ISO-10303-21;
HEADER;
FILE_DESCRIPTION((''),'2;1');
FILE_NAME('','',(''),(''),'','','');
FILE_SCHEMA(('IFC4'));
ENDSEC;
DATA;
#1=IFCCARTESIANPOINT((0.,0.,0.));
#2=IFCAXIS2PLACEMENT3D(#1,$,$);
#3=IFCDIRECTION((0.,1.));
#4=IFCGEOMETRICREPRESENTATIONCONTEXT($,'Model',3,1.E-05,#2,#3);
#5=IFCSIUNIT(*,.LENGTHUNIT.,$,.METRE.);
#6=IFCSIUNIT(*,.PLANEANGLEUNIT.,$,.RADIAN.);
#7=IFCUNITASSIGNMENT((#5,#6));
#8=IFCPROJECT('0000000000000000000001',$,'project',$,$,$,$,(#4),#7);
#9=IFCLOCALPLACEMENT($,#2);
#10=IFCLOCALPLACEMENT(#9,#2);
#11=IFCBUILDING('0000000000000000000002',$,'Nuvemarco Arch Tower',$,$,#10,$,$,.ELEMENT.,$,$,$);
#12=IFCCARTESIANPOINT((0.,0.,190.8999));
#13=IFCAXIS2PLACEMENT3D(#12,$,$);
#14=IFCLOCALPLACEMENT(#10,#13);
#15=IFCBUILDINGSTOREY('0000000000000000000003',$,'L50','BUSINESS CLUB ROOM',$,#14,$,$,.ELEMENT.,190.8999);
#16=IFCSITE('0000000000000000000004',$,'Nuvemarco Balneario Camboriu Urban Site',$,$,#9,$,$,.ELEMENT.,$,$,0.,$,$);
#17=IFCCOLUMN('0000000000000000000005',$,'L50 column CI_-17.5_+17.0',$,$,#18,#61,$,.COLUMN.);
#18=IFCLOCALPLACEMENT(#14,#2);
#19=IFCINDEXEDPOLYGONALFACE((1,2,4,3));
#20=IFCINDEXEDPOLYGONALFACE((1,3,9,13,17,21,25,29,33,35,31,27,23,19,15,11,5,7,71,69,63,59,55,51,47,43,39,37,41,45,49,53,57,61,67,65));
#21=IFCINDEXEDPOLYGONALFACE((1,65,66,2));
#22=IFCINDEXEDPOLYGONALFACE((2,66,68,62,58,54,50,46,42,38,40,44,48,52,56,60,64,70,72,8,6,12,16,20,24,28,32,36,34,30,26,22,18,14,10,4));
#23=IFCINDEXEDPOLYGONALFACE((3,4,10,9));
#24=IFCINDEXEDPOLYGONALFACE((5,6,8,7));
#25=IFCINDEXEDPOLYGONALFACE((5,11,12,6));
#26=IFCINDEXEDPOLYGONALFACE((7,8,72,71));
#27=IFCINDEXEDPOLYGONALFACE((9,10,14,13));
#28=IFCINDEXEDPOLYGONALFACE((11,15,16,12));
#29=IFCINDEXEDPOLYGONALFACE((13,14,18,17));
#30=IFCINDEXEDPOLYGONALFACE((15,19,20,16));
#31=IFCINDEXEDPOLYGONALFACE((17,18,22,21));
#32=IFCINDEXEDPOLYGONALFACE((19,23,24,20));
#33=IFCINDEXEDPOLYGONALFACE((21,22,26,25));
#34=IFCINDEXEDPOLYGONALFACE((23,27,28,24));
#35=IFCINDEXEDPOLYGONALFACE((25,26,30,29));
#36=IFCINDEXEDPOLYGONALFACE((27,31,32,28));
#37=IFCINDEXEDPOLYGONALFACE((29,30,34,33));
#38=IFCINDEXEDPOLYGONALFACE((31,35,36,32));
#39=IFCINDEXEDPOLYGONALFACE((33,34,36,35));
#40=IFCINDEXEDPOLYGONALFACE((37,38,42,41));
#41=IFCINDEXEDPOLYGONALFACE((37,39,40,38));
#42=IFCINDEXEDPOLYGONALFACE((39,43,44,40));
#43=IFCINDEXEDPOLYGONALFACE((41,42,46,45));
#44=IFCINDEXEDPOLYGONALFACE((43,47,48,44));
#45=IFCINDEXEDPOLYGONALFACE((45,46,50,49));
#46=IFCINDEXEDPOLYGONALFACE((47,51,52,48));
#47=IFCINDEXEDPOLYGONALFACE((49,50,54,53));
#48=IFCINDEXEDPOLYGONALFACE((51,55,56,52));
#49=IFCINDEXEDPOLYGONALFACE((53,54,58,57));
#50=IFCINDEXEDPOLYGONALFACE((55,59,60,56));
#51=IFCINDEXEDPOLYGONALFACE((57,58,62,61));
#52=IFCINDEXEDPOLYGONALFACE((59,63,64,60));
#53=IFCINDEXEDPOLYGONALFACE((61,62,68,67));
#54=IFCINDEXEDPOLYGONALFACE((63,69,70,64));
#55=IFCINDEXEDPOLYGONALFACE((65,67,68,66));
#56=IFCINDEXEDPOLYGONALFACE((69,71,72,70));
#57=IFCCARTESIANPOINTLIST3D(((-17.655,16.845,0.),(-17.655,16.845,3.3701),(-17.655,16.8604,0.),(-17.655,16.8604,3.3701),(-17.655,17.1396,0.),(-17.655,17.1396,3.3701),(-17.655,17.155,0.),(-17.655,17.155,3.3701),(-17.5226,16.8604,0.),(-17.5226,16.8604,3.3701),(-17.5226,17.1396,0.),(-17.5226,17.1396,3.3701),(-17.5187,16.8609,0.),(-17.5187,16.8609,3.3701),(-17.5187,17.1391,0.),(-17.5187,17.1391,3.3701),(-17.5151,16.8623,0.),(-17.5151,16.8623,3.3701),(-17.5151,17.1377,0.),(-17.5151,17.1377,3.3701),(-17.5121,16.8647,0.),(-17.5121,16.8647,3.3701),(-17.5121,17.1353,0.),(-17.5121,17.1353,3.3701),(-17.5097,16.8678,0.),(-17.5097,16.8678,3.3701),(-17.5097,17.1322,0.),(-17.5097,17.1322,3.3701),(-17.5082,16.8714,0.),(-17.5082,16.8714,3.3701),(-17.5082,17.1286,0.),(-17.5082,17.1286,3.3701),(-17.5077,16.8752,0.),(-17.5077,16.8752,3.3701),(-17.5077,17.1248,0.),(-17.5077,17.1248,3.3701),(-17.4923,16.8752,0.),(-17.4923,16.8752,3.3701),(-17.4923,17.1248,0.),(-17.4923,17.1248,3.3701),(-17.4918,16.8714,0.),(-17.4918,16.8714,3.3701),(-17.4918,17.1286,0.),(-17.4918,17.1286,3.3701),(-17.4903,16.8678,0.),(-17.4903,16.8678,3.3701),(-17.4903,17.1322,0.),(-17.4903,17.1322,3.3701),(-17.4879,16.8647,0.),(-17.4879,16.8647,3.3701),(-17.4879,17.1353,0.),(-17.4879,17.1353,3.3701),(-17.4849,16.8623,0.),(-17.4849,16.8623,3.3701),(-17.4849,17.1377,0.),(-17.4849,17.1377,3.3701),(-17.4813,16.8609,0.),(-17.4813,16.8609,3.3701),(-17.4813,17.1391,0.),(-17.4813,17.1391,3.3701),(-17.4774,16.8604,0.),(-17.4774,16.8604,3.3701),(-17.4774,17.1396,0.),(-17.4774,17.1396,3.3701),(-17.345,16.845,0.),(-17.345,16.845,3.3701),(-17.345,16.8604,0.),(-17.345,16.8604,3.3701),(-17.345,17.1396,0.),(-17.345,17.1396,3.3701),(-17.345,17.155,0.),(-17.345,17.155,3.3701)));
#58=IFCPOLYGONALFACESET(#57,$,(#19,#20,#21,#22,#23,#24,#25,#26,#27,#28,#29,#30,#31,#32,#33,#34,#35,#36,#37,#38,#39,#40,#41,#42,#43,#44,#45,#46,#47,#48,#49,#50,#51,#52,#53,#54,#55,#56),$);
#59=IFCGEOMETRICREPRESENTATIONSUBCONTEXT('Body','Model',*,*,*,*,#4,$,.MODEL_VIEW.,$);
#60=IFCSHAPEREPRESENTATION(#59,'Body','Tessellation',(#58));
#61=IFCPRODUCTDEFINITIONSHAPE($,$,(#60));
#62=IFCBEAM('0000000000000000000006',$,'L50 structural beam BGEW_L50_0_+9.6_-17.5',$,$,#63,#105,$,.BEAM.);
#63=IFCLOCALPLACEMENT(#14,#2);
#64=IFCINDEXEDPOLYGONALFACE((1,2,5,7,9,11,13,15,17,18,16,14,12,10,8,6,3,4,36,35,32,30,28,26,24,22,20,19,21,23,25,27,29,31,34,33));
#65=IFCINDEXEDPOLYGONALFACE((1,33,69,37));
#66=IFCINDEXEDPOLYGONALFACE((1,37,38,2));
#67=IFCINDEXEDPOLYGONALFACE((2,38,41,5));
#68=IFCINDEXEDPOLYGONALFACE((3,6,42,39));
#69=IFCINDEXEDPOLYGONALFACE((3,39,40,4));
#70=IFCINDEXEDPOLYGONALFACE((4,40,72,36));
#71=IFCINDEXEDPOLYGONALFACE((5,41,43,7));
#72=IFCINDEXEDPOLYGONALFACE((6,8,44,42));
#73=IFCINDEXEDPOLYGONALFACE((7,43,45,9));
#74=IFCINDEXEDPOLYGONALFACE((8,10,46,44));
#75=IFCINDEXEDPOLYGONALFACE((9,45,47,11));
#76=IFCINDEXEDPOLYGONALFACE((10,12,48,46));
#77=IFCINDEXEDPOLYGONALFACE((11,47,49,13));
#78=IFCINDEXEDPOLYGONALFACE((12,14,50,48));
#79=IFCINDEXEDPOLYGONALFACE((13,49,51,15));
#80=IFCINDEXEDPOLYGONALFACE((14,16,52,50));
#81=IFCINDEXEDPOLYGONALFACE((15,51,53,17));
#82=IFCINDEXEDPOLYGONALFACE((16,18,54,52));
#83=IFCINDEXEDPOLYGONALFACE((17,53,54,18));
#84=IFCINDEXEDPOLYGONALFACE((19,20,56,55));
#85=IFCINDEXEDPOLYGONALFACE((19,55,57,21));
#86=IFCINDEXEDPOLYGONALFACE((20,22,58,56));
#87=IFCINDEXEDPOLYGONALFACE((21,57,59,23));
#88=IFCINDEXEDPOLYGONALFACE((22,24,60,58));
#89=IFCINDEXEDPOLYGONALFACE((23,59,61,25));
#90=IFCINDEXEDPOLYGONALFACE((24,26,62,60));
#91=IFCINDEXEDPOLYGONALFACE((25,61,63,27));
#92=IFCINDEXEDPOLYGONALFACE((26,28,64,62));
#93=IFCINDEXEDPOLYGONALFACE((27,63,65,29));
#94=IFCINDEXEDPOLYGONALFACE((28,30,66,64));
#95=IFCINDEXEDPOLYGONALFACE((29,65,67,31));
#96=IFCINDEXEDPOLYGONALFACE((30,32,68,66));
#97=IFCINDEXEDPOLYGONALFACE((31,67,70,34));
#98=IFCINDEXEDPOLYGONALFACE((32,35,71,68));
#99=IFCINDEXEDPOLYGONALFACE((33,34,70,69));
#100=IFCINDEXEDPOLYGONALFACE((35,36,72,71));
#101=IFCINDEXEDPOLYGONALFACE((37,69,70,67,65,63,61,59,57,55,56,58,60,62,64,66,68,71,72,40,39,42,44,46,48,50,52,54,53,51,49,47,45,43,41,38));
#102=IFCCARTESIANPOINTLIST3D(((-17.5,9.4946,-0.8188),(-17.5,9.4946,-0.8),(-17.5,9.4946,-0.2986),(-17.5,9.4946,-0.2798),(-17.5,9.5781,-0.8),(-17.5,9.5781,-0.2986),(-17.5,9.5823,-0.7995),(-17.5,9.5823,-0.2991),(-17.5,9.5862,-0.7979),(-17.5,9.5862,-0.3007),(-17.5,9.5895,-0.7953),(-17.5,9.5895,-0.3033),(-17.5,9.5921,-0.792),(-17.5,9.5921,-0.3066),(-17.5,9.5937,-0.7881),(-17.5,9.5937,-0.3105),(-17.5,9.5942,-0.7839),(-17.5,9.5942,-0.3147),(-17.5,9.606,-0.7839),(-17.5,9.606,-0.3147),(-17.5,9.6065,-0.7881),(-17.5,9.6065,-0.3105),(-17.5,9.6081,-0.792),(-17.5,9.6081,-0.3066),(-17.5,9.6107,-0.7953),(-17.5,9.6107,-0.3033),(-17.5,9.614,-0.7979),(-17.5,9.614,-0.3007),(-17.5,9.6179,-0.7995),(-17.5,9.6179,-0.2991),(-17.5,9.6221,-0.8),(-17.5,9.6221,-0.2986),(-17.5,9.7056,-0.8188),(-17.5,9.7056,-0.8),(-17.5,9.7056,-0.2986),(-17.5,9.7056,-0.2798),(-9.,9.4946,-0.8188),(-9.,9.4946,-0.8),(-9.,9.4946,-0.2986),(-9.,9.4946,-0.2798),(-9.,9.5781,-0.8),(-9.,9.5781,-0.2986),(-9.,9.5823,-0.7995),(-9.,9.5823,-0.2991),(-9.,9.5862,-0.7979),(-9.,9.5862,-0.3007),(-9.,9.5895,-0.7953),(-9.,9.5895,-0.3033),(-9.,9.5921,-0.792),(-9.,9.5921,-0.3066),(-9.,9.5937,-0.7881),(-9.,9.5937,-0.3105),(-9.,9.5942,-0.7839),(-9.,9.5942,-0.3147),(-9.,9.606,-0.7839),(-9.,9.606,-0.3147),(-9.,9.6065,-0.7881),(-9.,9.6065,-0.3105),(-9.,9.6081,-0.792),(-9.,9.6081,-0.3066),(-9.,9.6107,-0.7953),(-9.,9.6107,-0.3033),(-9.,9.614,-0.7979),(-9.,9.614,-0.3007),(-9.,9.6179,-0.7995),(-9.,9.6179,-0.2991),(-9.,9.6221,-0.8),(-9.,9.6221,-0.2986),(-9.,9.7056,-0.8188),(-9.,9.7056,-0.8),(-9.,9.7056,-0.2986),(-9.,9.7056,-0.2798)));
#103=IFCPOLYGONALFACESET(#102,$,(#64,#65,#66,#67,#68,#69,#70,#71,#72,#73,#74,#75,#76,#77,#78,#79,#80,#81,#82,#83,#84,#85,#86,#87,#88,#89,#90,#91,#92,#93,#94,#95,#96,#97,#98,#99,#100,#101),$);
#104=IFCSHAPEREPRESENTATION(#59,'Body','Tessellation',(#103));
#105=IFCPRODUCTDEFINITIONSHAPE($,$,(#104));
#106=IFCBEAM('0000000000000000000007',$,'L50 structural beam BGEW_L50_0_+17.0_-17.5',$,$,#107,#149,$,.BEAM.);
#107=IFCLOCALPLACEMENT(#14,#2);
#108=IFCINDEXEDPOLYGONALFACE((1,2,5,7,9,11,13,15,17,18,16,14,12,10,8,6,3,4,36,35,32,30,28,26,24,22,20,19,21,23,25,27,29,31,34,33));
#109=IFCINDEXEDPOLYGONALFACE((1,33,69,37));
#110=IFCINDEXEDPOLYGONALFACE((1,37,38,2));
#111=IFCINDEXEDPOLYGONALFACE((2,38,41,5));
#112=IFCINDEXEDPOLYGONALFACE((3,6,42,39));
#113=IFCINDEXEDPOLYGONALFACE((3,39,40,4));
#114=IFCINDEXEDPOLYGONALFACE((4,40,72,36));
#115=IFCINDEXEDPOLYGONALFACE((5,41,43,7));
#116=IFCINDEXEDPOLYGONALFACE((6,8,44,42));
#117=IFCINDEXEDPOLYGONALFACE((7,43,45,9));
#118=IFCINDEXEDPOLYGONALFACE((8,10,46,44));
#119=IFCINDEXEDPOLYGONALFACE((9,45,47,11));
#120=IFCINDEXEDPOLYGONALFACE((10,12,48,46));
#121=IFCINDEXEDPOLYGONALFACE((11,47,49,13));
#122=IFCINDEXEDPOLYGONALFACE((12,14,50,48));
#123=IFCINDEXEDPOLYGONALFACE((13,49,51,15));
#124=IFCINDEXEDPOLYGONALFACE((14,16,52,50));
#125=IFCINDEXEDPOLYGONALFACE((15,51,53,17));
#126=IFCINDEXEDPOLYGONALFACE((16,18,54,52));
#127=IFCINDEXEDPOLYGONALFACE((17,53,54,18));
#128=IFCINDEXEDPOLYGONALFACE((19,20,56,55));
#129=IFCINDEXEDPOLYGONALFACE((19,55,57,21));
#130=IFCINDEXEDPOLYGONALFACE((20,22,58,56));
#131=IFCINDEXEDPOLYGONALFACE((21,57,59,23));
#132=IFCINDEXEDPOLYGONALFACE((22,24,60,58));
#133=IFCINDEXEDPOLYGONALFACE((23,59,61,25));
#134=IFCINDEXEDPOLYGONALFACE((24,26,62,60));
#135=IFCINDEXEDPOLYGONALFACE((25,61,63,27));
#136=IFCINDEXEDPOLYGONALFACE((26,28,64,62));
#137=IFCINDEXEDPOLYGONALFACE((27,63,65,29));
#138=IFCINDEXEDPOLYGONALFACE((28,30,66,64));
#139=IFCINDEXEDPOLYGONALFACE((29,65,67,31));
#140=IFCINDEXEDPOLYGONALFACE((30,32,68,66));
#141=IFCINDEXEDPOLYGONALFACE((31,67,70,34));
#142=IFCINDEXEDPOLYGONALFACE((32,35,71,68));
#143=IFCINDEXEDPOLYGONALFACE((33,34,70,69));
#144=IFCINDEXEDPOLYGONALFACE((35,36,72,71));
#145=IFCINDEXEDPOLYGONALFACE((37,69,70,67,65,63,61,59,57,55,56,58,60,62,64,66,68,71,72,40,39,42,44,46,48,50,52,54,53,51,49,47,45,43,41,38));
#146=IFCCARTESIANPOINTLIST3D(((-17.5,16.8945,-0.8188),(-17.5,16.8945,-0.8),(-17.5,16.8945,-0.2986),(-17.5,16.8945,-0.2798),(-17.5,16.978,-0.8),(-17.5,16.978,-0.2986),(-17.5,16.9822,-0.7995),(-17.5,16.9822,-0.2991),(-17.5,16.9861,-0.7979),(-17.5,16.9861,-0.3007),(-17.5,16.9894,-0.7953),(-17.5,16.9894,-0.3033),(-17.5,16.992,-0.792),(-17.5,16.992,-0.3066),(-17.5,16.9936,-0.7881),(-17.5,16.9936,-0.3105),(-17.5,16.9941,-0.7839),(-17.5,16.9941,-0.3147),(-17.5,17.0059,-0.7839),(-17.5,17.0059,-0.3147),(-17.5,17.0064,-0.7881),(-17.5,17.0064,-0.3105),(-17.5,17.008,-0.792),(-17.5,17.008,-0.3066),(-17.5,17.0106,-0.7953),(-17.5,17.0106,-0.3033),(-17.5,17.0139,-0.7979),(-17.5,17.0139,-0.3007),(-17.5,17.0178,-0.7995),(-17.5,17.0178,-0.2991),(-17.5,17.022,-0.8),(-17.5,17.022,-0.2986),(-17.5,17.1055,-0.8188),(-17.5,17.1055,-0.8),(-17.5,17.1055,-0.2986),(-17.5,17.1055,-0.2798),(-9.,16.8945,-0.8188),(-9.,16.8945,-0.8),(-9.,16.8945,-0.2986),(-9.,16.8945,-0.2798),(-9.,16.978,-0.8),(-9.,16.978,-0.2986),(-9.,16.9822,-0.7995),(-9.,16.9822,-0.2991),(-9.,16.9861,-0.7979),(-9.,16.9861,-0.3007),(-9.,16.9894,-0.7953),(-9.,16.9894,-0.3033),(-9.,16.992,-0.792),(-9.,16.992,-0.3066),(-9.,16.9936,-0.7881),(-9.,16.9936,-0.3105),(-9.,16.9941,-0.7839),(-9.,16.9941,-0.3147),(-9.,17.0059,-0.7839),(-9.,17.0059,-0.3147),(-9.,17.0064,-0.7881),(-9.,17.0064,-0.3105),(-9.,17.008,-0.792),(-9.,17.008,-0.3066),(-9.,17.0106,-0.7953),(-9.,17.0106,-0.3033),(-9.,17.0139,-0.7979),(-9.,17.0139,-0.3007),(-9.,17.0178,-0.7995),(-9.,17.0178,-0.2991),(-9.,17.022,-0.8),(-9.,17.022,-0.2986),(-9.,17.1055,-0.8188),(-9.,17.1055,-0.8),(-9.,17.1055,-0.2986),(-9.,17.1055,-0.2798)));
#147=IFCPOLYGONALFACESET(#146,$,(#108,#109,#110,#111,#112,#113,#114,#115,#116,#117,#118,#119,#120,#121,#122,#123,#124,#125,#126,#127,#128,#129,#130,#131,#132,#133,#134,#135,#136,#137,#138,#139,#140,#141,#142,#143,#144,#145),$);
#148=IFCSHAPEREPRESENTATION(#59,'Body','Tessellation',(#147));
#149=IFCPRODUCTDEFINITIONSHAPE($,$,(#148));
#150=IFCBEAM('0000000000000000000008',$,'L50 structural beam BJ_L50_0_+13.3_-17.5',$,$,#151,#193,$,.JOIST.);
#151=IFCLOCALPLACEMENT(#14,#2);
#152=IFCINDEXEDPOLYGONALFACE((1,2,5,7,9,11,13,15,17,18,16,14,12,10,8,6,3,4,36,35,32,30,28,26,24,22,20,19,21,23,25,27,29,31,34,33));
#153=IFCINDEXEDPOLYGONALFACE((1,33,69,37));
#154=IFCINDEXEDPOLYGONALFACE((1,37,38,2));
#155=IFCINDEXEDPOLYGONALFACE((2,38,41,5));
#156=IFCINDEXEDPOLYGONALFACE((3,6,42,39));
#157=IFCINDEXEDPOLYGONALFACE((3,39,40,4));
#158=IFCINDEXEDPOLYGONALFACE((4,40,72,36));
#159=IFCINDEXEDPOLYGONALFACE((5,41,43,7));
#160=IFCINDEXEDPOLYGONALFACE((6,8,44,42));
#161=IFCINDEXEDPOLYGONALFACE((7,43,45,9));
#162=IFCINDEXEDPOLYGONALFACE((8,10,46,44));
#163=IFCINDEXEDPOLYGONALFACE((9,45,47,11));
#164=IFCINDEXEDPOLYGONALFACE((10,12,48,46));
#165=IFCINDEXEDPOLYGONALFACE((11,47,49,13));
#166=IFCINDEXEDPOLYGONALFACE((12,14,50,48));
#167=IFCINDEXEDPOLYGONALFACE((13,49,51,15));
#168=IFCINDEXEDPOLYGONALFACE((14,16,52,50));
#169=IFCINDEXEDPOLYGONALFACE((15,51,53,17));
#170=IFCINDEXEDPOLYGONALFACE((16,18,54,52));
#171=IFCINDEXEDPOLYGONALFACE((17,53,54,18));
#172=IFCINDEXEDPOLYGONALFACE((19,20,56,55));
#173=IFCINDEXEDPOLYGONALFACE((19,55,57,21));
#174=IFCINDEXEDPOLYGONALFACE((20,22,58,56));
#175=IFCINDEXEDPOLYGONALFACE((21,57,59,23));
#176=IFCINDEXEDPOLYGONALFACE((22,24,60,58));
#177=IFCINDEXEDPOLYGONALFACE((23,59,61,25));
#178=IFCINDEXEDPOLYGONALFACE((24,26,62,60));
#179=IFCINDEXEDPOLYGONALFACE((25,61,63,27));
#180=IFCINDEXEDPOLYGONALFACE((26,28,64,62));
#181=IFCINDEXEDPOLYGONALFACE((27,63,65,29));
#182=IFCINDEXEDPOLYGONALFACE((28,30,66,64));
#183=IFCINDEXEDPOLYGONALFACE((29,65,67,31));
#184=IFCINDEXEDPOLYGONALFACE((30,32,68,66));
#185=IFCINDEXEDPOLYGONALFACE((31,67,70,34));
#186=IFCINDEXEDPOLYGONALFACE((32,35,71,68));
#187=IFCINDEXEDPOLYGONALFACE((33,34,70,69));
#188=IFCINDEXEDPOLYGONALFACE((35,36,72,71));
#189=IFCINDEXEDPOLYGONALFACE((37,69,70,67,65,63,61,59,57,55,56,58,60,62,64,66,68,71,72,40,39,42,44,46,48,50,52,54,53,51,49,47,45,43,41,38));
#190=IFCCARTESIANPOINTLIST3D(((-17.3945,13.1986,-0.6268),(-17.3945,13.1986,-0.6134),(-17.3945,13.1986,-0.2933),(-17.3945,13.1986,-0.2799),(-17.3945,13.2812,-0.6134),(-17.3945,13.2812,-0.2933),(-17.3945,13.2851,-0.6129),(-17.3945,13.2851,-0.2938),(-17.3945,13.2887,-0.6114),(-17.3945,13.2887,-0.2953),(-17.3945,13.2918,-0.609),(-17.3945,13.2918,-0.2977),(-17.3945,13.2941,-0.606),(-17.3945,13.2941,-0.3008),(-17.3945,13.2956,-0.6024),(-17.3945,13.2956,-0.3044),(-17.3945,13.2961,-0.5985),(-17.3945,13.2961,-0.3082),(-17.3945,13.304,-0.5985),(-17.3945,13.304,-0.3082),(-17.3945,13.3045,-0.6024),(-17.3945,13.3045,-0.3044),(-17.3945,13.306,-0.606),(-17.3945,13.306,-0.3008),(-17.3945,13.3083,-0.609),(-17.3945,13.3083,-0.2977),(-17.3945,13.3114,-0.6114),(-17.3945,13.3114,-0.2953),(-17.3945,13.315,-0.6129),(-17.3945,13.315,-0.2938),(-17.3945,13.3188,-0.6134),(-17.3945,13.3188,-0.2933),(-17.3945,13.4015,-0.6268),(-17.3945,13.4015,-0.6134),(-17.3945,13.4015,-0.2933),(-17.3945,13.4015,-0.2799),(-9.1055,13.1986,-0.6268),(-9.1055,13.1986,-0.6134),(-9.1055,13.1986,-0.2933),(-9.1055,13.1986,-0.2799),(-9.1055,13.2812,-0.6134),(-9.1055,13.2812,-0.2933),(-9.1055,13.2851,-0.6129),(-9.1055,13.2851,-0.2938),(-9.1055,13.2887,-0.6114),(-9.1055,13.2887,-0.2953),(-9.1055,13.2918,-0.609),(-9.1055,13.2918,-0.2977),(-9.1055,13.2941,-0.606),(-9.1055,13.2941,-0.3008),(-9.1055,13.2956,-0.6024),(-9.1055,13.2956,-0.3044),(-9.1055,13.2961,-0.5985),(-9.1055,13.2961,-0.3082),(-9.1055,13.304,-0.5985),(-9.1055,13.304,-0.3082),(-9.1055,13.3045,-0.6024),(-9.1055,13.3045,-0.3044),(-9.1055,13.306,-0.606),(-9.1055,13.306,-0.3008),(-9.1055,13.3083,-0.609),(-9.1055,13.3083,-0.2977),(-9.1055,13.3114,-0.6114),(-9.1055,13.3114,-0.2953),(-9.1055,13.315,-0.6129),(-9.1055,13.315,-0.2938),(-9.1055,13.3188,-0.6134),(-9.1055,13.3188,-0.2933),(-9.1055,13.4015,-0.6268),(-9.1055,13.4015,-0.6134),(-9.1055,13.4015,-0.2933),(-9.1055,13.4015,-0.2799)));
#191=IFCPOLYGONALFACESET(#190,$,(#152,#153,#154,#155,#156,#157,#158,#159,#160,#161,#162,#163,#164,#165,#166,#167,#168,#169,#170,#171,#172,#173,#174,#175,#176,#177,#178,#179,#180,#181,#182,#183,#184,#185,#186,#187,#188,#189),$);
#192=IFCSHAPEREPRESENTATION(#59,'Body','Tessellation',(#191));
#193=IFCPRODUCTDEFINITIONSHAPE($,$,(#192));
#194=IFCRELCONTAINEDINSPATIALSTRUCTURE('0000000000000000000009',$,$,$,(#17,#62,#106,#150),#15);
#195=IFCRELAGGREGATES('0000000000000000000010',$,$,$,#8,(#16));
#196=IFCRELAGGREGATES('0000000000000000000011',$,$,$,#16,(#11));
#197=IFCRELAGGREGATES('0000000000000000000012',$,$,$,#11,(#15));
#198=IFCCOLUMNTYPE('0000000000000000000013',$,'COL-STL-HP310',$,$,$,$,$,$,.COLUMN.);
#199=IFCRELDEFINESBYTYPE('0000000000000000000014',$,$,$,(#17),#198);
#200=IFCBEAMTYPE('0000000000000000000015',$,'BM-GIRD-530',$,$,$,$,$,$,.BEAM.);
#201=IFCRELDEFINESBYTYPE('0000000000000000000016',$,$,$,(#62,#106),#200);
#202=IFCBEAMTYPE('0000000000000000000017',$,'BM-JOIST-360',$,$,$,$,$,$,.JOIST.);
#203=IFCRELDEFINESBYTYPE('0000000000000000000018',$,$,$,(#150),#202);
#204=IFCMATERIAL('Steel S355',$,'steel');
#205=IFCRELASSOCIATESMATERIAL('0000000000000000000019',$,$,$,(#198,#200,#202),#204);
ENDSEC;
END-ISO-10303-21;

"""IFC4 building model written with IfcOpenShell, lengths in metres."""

from ifc_helpers import new_model, si_unit, direction, frame, origin, origin_2d, place, context, subcontext, project, spatial, i_section, extrude, material, material_profile, profile_set, type_object, element, save


model = new_model("IFC4")

# Units and contexts
model_context = context("Model", 3, precision=1e-05, world=origin(), true_north=direction((0.0, 1.0)))
body_context = subcontext(model_context, "Body", "Model", "MODEL_VIEW")
ifc_project = project(units=[si_unit("LENGTHUNIT", "METRE"), si_unit("PLANEANGLEUNIT", "RADIAN")], contexts=[model_context])

# Site, building, storey
site_placement = place(None, origin())
site = spatial("IfcSite", under=ifc_project, at=site_placement, Name="Nuvemarco Balneario Camboriu Urban Site", CompositionType="ELEMENT", RefElevation=0.0)
building_placement = place(site_placement, origin())
building = spatial("IfcBuilding", under=site, at=building_placement, Name="Nuvemarco Arch Tower", CompositionType="ELEMENT")
storey_placement = place(building_placement, frame((0.0, 0.0, 190.8999)))
storey = spatial("IfcBuildingStorey", under=building, at=storey_placement, Name="L50", Description="BUSINESS CLUB ROOM", CompositionType="ELEMENT", Elevation=190.8999)

# Column
ifc_material_1 = material(Name="Steel S355", Category="steel")
ifc_material_profile_1 = material_profile(ifc_material_1, i_section(OverallWidth=0.3101, OverallDepth=0.3101, WebThickness=0.0154, FlangeThickness=0.0154, FilletRadius=0.0149, at=origin_2d()), Name="HP310x110")
ifc_profile_set_1 = profile_set([ifc_material_profile_1], Name="Steel S355")
column_type = type_object("IfcColumnType", Name="COL-STL-HP310", PredefinedType="COLUMN", material=ifc_profile_set_1)
column_placement = place(storey_placement, frame((-17.5, 17.0, 0.0), z_axis=(0.0, 0.0, 1.0), x_axis=(1.0, 0.0, 0.0)))
element("IfcColumn", 1, at=column_placement, inside=storey, type_object=column_type, Name="L50 column CI_-17.5_+17.0", PredefinedType="COLUMN", context=body_context, shape_type="SweptSolid", body=[
    extrude(i_section(OverallWidth=0.3101, OverallDepth=0.3101, WebThickness=0.0154, FlangeThickness=0.0154, FilletRadius=0.0149, at=origin_2d()), origin(), (0.0, 0.0, 1.0), 3.3701),
])

# Beams
ifc_material_profile_2 = material_profile(ifc_material_1, i_section(OverallWidth=0.2109, OverallDepth=0.5391, WebThickness=0.0117, FlangeThickness=0.0188, FilletRadius=0.0161, at=origin_2d()), Name="W530x109")
ifc_profile_set_2 = profile_set([ifc_material_profile_2], Name="Steel S355")
beam_type_1 = type_object("IfcBeamType", Name="BM-GIRD-530", PredefinedType="BEAM", material=ifc_profile_set_2)
for number, where, z_axis, x_axis, name in (
    (2, (-17.5, 9.6001, -0.5493), (1.0, 0.0, 0.0), (0.0, 1.0, 0.0), "L50 structural beam BGEW_L50_0_+9.6_-17.5"),
    (3, (-17.5, 17.0, -0.5493), (1.0, 0.0, 0.0), (0.0, 1.0, 0.0), "L50 structural beam BGEW_L50_0_+17.0_-17.5"),
):
    element("IfcBeam", number, at=place(storey_placement, frame(where, z_axis=z_axis, x_axis=x_axis)), inside=storey, type_object=beam_type_1, Name=name, PredefinedType="BEAM", context=body_context, shape_type="SweptSolid", body=[
        extrude(i_section(OverallWidth=0.2109, OverallDepth=0.5391, WebThickness=0.0117, FlangeThickness=0.0188, FilletRadius=0.0161, at=origin_2d()), origin(), (0.0, 0.0, 1.0), 8.5),
    ])
ifc_material_profile_3 = material_profile(ifc_material_1, i_section(OverallWidth=0.2029, OverallDepth=0.3469, WebThickness=0.0078, FlangeThickness=0.0134, FilletRadius=0.0149, at=origin_2d()), Name="W360x64")
ifc_profile_set_3 = profile_set([ifc_material_profile_3], Name="Steel S355")
beam_type_2 = type_object("IfcBeamType", Name="BM-JOIST-360", PredefinedType="JOIST", material=ifc_profile_set_3)
beam_placement = place(storey_placement, frame((-17.3945, 13.3, -0.4534), z_axis=(1.0, 0.0, 0.0), x_axis=(0.0, 1.0, 0.0)))
element("IfcBeam", 4, at=beam_placement, inside=storey, type_object=beam_type_2, Name="L50 structural beam BJ_L50_0_+13.3_-17.5", PredefinedType="JOIST", context=body_context, shape_type="SweptSolid", body=[
    extrude(i_section(OverallWidth=0.2029, OverallDepth=0.3469, WebThickness=0.0078, FlangeThickness=0.0134, FilletRadius=0.0149, at=origin_2d()), origin(), (0.0, 0.0, 1.0), 8.2891),
])

save(model, "model.ifc")
